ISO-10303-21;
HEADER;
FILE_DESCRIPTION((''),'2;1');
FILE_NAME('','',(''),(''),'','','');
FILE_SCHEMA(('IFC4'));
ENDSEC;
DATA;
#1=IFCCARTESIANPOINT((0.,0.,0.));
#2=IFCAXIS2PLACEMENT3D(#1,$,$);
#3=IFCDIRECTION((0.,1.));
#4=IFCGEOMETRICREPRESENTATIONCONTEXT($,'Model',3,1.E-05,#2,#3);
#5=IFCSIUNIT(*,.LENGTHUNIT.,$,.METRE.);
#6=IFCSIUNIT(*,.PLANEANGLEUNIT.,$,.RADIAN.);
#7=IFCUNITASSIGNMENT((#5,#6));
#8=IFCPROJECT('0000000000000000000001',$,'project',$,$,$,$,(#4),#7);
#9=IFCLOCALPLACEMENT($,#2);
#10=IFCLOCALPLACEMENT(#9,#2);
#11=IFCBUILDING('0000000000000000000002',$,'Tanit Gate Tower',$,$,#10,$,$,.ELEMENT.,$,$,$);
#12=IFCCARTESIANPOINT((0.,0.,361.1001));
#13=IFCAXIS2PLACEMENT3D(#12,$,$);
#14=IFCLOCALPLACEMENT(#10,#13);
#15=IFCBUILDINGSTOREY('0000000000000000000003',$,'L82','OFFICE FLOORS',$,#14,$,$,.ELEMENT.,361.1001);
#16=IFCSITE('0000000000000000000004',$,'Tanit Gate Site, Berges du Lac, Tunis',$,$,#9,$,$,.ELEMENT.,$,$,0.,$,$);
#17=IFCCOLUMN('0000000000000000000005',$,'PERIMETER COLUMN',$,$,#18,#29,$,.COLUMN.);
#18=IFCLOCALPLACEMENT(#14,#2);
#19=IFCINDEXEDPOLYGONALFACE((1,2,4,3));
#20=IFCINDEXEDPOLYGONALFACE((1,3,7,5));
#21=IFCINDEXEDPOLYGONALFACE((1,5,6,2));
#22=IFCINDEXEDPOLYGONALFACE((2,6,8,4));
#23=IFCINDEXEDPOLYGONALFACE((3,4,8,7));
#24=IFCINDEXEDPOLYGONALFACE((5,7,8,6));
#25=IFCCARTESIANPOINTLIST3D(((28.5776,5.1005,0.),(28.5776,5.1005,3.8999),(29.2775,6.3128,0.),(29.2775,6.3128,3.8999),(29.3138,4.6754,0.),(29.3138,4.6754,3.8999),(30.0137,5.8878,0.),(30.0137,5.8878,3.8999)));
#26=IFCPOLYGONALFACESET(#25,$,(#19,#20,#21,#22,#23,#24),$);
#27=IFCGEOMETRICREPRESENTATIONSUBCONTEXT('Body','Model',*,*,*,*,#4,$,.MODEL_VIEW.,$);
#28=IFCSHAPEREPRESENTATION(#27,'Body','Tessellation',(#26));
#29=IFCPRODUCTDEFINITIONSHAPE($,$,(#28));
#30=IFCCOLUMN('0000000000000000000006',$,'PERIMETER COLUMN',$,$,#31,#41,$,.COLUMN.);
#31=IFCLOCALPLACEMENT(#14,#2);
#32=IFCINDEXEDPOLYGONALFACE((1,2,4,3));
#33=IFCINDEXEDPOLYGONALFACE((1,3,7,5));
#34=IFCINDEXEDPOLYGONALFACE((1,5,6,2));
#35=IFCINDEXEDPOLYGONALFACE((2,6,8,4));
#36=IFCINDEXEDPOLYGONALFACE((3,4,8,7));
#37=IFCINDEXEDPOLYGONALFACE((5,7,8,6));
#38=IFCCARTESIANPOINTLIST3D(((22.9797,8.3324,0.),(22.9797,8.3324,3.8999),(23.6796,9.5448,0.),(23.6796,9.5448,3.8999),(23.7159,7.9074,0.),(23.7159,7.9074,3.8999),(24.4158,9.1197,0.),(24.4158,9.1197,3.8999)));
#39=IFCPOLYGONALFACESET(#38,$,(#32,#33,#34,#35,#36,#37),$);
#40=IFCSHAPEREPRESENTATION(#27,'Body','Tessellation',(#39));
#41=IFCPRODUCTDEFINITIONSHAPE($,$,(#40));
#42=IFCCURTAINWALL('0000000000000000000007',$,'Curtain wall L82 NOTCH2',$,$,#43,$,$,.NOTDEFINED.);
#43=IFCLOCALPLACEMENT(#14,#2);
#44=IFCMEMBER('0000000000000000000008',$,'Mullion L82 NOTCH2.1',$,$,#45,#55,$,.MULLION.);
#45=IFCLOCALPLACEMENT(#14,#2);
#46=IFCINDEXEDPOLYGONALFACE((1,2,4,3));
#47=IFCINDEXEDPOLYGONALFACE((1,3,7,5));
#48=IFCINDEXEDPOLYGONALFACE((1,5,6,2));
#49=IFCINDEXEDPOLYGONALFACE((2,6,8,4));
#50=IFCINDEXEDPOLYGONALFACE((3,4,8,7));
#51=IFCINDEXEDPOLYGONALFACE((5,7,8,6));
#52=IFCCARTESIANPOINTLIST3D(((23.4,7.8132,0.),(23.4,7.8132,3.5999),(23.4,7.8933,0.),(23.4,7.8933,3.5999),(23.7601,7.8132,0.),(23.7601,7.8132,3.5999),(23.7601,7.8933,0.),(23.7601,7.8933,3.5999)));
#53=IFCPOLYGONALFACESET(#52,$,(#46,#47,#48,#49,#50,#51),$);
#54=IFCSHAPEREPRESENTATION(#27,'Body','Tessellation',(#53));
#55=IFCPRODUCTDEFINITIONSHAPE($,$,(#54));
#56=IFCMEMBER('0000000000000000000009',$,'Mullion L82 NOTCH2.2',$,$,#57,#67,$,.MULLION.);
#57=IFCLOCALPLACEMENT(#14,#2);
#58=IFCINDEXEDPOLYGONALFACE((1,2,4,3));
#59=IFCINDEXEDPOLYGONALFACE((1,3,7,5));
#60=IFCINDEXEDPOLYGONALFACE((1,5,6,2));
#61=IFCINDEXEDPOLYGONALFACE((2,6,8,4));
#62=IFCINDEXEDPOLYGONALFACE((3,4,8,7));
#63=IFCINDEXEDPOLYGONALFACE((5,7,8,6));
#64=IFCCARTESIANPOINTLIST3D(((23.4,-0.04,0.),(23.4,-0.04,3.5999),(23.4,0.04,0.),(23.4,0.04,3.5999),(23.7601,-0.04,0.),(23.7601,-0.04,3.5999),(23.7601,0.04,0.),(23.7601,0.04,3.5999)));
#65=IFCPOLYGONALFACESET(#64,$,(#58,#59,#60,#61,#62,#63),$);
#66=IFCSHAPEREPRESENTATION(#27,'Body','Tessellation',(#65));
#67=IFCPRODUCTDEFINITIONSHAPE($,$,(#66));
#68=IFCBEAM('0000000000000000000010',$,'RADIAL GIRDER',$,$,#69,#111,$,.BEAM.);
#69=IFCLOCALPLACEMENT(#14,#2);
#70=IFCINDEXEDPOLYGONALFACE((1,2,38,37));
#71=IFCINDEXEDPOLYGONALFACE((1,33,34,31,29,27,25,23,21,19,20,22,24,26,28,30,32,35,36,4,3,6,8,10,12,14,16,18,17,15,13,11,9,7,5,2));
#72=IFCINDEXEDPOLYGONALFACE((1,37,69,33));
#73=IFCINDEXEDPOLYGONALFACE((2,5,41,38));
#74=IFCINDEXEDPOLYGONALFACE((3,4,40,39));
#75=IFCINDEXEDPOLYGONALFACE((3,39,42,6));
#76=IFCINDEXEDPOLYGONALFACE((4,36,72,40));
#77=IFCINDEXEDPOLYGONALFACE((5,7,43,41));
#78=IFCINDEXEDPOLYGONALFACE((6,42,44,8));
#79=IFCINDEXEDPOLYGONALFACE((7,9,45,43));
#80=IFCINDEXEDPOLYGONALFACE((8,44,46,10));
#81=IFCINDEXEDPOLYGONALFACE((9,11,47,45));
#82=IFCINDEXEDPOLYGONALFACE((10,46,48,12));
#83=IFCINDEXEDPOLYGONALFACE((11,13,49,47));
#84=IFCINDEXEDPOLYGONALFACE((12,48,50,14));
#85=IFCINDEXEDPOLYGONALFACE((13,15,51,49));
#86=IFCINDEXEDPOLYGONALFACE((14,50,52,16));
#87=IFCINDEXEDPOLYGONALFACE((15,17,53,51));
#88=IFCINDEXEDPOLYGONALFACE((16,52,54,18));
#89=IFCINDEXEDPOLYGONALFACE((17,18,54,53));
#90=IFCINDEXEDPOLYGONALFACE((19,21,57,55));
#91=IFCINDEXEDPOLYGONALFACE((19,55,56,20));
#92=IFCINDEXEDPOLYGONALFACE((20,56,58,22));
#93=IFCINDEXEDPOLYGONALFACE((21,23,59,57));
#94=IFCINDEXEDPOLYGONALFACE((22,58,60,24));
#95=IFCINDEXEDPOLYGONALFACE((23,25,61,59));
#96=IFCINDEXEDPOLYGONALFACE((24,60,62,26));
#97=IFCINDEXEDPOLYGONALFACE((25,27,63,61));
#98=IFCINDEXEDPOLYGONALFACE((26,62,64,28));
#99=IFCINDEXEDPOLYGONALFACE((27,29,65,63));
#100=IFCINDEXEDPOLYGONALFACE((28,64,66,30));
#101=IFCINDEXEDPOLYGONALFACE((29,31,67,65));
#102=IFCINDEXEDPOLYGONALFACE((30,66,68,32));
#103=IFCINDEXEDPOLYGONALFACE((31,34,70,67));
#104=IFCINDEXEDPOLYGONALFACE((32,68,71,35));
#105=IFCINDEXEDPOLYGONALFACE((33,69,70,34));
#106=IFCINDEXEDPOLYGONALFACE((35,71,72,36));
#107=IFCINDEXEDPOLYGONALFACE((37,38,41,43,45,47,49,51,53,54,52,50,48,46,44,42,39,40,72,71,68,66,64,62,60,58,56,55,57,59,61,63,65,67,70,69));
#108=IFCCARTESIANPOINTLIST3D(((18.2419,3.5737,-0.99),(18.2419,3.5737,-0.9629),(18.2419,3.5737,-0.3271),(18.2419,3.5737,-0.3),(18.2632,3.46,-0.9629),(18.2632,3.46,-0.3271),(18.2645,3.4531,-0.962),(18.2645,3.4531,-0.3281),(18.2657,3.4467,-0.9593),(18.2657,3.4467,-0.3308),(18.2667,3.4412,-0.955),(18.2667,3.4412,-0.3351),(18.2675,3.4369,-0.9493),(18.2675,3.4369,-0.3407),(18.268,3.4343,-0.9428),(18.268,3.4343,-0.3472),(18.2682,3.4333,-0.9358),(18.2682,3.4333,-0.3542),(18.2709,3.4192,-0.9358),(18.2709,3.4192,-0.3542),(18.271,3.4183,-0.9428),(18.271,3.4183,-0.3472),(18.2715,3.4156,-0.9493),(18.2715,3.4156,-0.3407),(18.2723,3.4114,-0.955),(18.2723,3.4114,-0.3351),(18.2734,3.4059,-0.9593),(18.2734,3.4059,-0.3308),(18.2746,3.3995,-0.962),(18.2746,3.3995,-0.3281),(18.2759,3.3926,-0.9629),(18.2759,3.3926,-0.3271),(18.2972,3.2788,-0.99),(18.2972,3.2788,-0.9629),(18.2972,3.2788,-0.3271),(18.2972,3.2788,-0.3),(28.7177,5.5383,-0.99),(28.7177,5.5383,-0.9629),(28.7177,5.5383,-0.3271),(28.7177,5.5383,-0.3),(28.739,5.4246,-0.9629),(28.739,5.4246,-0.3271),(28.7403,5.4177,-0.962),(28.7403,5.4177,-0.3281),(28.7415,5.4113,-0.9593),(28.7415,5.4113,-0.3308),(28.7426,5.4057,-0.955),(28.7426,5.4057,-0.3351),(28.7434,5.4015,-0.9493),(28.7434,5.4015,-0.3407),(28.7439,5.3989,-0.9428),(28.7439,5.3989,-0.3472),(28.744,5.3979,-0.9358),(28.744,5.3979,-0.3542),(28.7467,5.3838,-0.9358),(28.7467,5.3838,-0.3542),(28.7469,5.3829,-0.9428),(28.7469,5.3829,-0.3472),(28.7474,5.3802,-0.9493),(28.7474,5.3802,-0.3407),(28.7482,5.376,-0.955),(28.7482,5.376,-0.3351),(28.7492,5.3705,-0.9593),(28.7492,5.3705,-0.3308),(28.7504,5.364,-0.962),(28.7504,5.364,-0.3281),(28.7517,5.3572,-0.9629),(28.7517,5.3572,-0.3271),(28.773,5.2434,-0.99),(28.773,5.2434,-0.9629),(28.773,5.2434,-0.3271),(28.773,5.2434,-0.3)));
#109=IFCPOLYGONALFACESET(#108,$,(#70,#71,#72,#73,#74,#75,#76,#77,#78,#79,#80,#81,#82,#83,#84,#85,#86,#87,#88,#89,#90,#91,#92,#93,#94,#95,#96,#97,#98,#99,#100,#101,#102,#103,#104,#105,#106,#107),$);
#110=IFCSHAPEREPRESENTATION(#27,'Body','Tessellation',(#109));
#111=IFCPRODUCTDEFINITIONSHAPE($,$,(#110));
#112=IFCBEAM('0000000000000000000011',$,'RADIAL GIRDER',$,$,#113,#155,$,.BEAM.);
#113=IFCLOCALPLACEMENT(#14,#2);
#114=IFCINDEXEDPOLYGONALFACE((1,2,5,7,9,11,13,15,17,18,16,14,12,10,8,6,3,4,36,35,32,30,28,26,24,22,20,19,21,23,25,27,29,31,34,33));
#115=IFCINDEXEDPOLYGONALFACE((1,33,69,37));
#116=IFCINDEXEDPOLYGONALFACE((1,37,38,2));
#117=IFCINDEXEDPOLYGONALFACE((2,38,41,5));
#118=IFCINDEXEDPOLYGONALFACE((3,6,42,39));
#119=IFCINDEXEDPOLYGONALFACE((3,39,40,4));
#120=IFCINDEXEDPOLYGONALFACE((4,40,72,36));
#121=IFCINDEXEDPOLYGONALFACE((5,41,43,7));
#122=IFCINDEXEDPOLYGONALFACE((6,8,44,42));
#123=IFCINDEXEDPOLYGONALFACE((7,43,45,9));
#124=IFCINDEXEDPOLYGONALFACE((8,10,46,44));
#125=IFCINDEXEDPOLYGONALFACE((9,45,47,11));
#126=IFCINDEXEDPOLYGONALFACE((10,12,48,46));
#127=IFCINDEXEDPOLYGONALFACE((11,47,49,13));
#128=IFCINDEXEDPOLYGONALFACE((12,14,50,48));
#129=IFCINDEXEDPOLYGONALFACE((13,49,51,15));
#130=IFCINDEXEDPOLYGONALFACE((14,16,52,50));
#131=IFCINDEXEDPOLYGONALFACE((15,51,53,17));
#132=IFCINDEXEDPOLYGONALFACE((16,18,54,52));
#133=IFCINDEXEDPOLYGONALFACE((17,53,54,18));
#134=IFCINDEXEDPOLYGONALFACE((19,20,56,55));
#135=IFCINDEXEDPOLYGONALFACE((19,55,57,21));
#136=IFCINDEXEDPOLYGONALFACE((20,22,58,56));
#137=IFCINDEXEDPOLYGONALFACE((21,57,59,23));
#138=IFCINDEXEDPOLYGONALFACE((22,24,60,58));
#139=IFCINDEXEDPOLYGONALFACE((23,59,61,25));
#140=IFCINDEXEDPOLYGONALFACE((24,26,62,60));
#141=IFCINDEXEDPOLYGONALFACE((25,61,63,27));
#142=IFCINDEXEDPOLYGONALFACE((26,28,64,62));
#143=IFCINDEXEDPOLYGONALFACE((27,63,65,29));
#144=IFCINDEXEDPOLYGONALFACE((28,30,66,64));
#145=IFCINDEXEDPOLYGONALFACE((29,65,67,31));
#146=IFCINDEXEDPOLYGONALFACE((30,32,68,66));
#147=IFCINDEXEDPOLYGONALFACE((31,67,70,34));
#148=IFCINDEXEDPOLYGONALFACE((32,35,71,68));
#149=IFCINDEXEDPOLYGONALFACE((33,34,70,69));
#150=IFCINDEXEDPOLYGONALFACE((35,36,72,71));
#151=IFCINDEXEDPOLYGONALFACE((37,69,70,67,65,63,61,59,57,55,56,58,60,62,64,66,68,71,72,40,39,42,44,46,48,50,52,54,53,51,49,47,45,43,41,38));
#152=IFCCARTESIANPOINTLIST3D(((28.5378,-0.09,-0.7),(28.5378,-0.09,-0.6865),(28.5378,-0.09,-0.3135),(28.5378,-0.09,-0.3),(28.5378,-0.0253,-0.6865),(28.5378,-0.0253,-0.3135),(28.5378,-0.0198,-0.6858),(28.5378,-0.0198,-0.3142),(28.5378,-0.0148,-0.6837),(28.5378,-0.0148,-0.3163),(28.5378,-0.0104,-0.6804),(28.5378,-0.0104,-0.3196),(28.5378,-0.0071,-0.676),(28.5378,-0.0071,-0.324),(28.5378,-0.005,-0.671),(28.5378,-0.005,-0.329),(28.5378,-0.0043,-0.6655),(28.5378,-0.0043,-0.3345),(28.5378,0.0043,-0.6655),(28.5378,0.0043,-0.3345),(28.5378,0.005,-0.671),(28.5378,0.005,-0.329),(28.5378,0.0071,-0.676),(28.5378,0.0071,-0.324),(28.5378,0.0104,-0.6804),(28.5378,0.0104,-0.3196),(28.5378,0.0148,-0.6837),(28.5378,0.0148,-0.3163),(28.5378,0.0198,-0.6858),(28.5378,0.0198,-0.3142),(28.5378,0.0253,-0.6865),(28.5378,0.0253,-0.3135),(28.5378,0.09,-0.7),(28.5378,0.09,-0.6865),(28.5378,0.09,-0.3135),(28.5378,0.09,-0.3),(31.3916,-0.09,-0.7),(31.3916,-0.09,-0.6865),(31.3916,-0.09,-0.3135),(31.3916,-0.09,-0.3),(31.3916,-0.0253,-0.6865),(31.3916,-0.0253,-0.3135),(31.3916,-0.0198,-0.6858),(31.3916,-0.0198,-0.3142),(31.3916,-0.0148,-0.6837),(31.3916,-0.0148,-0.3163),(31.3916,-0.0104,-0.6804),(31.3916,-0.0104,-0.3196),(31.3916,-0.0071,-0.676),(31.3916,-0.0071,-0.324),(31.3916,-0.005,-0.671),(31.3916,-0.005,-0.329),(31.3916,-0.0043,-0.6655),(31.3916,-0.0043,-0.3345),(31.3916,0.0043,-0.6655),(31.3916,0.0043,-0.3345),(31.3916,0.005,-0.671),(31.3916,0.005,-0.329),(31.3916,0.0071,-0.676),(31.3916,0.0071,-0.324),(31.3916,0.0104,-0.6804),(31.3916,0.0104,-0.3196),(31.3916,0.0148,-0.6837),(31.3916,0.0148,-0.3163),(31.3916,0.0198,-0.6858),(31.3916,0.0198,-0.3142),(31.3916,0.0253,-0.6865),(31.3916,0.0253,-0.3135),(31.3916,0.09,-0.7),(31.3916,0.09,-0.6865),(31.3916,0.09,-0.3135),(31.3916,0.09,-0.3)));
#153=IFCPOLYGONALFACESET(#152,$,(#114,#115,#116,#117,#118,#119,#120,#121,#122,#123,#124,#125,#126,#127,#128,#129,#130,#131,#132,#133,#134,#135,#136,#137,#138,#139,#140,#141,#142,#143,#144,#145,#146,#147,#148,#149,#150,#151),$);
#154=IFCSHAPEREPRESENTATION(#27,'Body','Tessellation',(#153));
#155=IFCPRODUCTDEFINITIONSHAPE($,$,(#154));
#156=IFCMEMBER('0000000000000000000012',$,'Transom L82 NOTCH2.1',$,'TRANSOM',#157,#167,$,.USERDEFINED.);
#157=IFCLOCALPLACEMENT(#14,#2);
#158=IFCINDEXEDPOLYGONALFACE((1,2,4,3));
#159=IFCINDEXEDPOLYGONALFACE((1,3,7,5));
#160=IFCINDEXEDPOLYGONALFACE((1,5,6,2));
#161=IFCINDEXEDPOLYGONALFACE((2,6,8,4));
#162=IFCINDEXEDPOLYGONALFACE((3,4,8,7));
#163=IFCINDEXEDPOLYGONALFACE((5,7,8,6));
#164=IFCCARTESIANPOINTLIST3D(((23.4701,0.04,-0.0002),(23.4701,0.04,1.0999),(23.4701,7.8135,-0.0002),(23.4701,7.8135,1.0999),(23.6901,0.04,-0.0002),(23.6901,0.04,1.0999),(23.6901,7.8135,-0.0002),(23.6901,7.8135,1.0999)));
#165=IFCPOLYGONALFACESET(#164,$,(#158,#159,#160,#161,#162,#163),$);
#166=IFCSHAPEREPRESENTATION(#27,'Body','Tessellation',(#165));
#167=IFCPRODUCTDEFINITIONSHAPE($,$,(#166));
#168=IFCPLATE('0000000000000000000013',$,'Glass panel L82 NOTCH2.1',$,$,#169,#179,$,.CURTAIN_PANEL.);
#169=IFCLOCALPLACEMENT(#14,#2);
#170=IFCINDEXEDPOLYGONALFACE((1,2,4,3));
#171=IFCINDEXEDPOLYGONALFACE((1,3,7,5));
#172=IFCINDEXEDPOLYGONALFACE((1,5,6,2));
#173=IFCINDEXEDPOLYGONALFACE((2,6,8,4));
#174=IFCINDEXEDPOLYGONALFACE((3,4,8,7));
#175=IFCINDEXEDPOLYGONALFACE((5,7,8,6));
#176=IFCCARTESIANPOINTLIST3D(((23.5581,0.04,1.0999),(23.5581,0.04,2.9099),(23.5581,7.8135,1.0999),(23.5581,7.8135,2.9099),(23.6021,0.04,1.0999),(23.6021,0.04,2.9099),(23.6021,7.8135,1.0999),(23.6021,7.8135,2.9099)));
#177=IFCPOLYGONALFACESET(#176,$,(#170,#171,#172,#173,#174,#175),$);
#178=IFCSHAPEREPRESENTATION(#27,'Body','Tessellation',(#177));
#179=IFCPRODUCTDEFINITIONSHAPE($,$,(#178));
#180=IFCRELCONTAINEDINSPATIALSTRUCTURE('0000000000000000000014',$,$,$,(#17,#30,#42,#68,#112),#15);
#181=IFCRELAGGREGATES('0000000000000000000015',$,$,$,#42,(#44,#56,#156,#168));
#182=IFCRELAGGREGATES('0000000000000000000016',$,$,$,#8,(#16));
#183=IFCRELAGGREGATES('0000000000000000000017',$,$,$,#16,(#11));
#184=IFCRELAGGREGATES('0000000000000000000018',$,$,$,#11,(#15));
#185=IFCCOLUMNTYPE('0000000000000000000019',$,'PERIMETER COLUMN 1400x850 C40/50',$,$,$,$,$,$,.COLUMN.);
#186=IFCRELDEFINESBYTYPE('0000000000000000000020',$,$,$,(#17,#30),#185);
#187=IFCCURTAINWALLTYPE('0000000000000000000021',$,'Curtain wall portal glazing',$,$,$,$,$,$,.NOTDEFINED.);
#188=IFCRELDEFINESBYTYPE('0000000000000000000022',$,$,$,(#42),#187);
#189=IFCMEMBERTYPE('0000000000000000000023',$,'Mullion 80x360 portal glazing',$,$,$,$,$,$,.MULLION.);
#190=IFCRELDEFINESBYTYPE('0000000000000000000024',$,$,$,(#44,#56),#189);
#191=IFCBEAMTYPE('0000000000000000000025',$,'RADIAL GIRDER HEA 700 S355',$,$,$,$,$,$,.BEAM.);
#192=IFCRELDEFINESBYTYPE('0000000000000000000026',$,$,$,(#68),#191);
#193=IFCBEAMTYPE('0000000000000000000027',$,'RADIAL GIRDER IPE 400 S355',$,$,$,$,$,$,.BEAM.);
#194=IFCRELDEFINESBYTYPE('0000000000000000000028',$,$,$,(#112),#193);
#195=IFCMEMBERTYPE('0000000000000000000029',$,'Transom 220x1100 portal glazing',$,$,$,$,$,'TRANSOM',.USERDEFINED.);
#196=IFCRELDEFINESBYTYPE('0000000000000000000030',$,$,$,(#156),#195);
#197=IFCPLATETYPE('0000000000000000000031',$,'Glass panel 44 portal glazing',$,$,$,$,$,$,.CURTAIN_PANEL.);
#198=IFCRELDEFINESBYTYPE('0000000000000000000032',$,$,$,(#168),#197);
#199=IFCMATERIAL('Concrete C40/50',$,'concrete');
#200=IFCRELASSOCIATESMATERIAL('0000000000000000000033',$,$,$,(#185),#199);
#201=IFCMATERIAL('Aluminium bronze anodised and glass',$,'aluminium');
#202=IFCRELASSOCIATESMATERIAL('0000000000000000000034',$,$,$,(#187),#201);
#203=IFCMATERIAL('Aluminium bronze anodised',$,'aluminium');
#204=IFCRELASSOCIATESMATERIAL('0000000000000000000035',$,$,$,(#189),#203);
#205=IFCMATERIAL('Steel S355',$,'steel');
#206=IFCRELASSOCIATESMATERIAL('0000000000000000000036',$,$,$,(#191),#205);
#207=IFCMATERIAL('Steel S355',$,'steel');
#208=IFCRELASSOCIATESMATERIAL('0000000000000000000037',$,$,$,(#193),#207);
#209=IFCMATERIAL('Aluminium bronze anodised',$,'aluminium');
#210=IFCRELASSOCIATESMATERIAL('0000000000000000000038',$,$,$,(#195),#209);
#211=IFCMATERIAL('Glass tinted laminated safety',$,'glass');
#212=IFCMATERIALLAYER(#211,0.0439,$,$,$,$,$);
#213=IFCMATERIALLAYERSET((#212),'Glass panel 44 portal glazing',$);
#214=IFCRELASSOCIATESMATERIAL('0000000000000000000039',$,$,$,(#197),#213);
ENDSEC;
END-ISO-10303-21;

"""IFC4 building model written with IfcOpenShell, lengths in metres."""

from ifc_helpers import new_model, si_unit, direction, frame, origin, origin_2d, place, context, subcontext, project, spatial, rectangle, i_section, extrude, material, layer, layer_set, material_profile, profile_set, type_object, element, aggregate, save


model = new_model("IFC4")

# Units and contexts
model_context = context("Model", 3, precision=1e-05, world=origin(), true_north=direction((0.0, 1.0)))
body_context = subcontext(model_context, "Body", "Model", "MODEL_VIEW")
ifc_project = project(units=[si_unit("LENGTHUNIT", "METRE"), si_unit("PLANEANGLEUNIT", "RADIAN")], contexts=[model_context])

# Site, building, storey
site_placement = place(None, origin())
site = spatial("IfcSite", under=ifc_project, at=site_placement, Name="Tanit Gate Site, Berges du Lac, Tunis", CompositionType="ELEMENT", RefElevation=0.0)
building_placement = place(site_placement, origin())
building = spatial("IfcBuilding", under=site, at=building_placement, Name="Tanit Gate Tower", CompositionType="ELEMENT")
storey_placement = place(building_placement, frame((0.0, 0.0, 361.1001)))
storey = spatial("IfcBuildingStorey", under=building, at=storey_placement, Name="L82", Description="OFFICE FLOORS", CompositionType="ELEMENT", Elevation=361.1001)

# Columns
ifc_material_1 = material(Name="Concrete C40/50", Category="concrete")
ifc_material_profile_1 = material_profile(ifc_material_1, rectangle(XDim=1.3999, YDim=0.8501, at=origin_2d()), Name="RC 1400x850")
ifc_profile_set_1 = profile_set([ifc_material_profile_1], Name="Concrete C40/50")
column_type = type_object("IfcColumnType", Name="PERIMETER COLUMN 1400x850 C40/50", PredefinedType="COLUMN", material=ifc_profile_set_1)
for number, where, z_axis, x_axis, name in (
    (1, (29.2957, 5.4941, 0.0), (0.0, 0.0, 1.0), (0.5, 0.866025, 0.0), "PERIMETER COLUMN"),
    (2, (23.6978, 8.7261, 0.0), (0.0, 0.0, 1.0), (0.5, 0.866025, 0.0), "PERIMETER COLUMN"),
):
    element("IfcColumn", number, at=place(storey_placement, frame(where, z_axis=z_axis, x_axis=x_axis)), inside=storey, type_object=column_type, Name=name, PredefinedType="COLUMN", context=body_context, shape_type="SweptSolid", body=[
        extrude(rectangle(XDim=1.3999, YDim=0.8501, at=origin_2d()), origin(), (0.0, 0.0, 1.0), 3.8999),
    ])

# Curtain wall, members
ifc_material_2 = material(Name="Aluminium bronze anodised and glass", Category="aluminium")
curtain_wall_type = type_object("IfcCurtainWallType", Name="Curtain wall portal glazing", PredefinedType="NOTDEFINED", material=ifc_material_2)
curtain_wall_placement = place(storey_placement, origin())
curtain_wall = element("IfcCurtainWall", 3, at=curtain_wall_placement, inside=storey, type_object=curtain_wall_type, Name="Curtain wall L82 NOTCH2", PredefinedType="NOTDEFINED")
ifc_material_3 = material(Name="Aluminium bronze anodised", Category="aluminium")
ifc_material_profile_2 = material_profile(ifc_material_3, rectangle(XDim=0.3601, YDim=0.0801, at=origin_2d()), Name="80x360 bronze mullion")
ifc_profile_set_2 = profile_set([ifc_material_profile_2], Name="Aluminium bronze anodised")
member_type_1 = type_object("IfcMemberType", Name="Mullion 80x360 portal glazing", PredefinedType="MULLION", material=ifc_profile_set_2)
member_1_placement = place(storey_placement, frame((23.5801, 7.8533, 0.0), z_axis=(0.0, 0.0, 1.0), x_axis=(1.0, 0.0, 0.0)))
member_1 = element("IfcMember", 4, at=member_1_placement, type_object=member_type_1, Name="Mullion L82 NOTCH2.1", PredefinedType="MULLION", context=body_context, shape_type="SweptSolid", body=[
    extrude(rectangle(XDim=0.3601, YDim=0.0801, at=origin_2d()), origin(), (0.0, 0.0, 1.0), 3.5999),
])
member_2_placement = place(storey_placement, frame((23.5801, 0.0, 0.0), z_axis=(0.0, 0.0, 1.0), x_axis=(1.0, 0.0, 0.0)))
member_2 = element("IfcMember", 5, at=member_2_placement, type_object=member_type_1, Name="Mullion L82 NOTCH2.2", PredefinedType="MULLION", context=body_context, shape_type="SweptSolid", body=[
    extrude(rectangle(XDim=0.3601, YDim=0.0801, at=origin_2d()), origin(), (0.0, 0.0, 1.0), 3.5999),
])

# Beams
ifc_material_4 = material(Name="Steel S355", Category="steel")
ifc_material_profile_3 = material_profile(ifc_material_4, i_section(OverallWidth=0.3, OverallDepth=0.6899, WebThickness=0.0144, FlangeThickness=0.0271, FilletRadius=0.0271, at=origin_2d()), Name="HEA 700")
ifc_profile_set_3 = profile_set([ifc_material_profile_3], Name="Steel S355")
beam_type_1 = type_object("IfcBeamType", Name="RADIAL GIRDER HEA 700 S355", PredefinedType="BEAM", material=ifc_profile_set_3)
beam_1_placement = place(storey_placement, frame((28.7454, 5.3909, -0.645), z_axis=(-0.982866, -0.184323, 0.0), x_axis=(0.184323, -0.982866, 0.0)))
element("IfcBeam", 6, at=beam_1_placement, inside=storey, type_object=beam_type_1, Name="RADIAL GIRDER", PredefinedType="BEAM", context=body_context, shape_type="SweptSolid", body=[
    extrude(i_section(OverallWidth=0.3, OverallDepth=0.6899, WebThickness=0.0144, FlangeThickness=0.0271, FilletRadius=0.0271, at=origin_2d()), origin(), (0.0, 0.0, 1.0), 10.6584),
])
ifc_material_5 = material(Name="Steel S355", Category="steel")
ifc_material_profile_4 = material_profile(ifc_material_5, i_section(OverallWidth=0.1799, OverallDepth=0.3999, WebThickness=0.0085, FlangeThickness=0.0134, FilletRadius=0.021, at=origin_2d()), Name="IPE 400")
ifc_profile_set_4 = profile_set([ifc_material_profile_4], Name="Steel S355")
beam_type_2 = type_object("IfcBeamType", Name="RADIAL GIRDER IPE 400 S355", PredefinedType="BEAM", material=ifc_profile_set_4)
beam_2_placement = place(storey_placement, frame((31.3916, 0.0, -0.5), z_axis=(-1.0, 0.0, 0.0), x_axis=(0.0, -1.0, 0.0)))
element("IfcBeam", 7, at=beam_2_placement, inside=storey, type_object=beam_type_2, Name="RADIAL GIRDER", PredefinedType="BEAM", context=body_context, shape_type="SweptSolid", body=[
    extrude(i_section(OverallWidth=0.1799, OverallDepth=0.3999, WebThickness=0.0085, FlangeThickness=0.0134, FilletRadius=0.021, at=origin_2d()), origin(), (0.0, 0.0, 1.0), 2.8538),
])

# Member
ifc_material_6 = material(Name="Aluminium bronze anodised", Category="aluminium")
ifc_material_profile_5 = material_profile(ifc_material_6, rectangle(XDim=0.22, YDim=1.1001, at=origin_2d()), Name="220x1100 bronze transom")
ifc_profile_set_5 = profile_set([ifc_material_profile_5], Name="Aluminium bronze anodised")
member_type_2 = type_object("IfcMemberType", Name="Transom 220x1100 portal glazing", ElementType="TRANSOM", PredefinedType="USERDEFINED", material=ifc_profile_set_5)
member_3_placement = place(storey_placement, frame((23.5801, 7.8135, 0.5498), z_axis=(0.0, -1.0, 0.0), x_axis=(1.0, 0.0, 0.0)))
member_3 = element("IfcMember", 8, at=member_3_placement, type_object=member_type_2, Name="Transom L82 NOTCH2.1", ObjectType="TRANSOM", PredefinedType="USERDEFINED", context=body_context, shape_type="SweptSolid", body=[
    extrude(rectangle(XDim=0.22, YDim=1.1001, at=origin_2d()), origin(), (0.0, 0.0, 1.0), 7.7734),
])

# Plate
ifc_material_7 = material(Name="Glass tinted laminated safety", Category="glass")
ifc_layer_1 = layer(ifc_material_7, 0.0439)
ifc_layer_set_1 = layer_set([ifc_layer_1], Name="Glass panel 44 portal glazing")
plate_type = type_object("IfcPlateType", Name="Glass panel 44 portal glazing", PredefinedType="CURTAIN_PANEL", material=ifc_layer_set_1)
plate_placement = place(storey_placement, frame((23.5801, 3.9268, 1.0999), z_axis=(0.0, 0.0, 1.0), x_axis=(0.0, -1.0, 0.0)))
plate = element("IfcPlate", 9, at=plate_placement, type_object=plate_type, Name="Glass panel L82 NOTCH2.1", PredefinedType="CURTAIN_PANEL", context=body_context, shape_type="SweptSolid", body=[
    extrude(rectangle(XDim=7.7734, YDim=0.0439, at=origin_2d()), origin(), (0.0, 0.0, 1.0), 1.8101),
])
aggregate(curtain_wall, [member_1, member_2, member_3, plate])

save(model, "model.ifc")
